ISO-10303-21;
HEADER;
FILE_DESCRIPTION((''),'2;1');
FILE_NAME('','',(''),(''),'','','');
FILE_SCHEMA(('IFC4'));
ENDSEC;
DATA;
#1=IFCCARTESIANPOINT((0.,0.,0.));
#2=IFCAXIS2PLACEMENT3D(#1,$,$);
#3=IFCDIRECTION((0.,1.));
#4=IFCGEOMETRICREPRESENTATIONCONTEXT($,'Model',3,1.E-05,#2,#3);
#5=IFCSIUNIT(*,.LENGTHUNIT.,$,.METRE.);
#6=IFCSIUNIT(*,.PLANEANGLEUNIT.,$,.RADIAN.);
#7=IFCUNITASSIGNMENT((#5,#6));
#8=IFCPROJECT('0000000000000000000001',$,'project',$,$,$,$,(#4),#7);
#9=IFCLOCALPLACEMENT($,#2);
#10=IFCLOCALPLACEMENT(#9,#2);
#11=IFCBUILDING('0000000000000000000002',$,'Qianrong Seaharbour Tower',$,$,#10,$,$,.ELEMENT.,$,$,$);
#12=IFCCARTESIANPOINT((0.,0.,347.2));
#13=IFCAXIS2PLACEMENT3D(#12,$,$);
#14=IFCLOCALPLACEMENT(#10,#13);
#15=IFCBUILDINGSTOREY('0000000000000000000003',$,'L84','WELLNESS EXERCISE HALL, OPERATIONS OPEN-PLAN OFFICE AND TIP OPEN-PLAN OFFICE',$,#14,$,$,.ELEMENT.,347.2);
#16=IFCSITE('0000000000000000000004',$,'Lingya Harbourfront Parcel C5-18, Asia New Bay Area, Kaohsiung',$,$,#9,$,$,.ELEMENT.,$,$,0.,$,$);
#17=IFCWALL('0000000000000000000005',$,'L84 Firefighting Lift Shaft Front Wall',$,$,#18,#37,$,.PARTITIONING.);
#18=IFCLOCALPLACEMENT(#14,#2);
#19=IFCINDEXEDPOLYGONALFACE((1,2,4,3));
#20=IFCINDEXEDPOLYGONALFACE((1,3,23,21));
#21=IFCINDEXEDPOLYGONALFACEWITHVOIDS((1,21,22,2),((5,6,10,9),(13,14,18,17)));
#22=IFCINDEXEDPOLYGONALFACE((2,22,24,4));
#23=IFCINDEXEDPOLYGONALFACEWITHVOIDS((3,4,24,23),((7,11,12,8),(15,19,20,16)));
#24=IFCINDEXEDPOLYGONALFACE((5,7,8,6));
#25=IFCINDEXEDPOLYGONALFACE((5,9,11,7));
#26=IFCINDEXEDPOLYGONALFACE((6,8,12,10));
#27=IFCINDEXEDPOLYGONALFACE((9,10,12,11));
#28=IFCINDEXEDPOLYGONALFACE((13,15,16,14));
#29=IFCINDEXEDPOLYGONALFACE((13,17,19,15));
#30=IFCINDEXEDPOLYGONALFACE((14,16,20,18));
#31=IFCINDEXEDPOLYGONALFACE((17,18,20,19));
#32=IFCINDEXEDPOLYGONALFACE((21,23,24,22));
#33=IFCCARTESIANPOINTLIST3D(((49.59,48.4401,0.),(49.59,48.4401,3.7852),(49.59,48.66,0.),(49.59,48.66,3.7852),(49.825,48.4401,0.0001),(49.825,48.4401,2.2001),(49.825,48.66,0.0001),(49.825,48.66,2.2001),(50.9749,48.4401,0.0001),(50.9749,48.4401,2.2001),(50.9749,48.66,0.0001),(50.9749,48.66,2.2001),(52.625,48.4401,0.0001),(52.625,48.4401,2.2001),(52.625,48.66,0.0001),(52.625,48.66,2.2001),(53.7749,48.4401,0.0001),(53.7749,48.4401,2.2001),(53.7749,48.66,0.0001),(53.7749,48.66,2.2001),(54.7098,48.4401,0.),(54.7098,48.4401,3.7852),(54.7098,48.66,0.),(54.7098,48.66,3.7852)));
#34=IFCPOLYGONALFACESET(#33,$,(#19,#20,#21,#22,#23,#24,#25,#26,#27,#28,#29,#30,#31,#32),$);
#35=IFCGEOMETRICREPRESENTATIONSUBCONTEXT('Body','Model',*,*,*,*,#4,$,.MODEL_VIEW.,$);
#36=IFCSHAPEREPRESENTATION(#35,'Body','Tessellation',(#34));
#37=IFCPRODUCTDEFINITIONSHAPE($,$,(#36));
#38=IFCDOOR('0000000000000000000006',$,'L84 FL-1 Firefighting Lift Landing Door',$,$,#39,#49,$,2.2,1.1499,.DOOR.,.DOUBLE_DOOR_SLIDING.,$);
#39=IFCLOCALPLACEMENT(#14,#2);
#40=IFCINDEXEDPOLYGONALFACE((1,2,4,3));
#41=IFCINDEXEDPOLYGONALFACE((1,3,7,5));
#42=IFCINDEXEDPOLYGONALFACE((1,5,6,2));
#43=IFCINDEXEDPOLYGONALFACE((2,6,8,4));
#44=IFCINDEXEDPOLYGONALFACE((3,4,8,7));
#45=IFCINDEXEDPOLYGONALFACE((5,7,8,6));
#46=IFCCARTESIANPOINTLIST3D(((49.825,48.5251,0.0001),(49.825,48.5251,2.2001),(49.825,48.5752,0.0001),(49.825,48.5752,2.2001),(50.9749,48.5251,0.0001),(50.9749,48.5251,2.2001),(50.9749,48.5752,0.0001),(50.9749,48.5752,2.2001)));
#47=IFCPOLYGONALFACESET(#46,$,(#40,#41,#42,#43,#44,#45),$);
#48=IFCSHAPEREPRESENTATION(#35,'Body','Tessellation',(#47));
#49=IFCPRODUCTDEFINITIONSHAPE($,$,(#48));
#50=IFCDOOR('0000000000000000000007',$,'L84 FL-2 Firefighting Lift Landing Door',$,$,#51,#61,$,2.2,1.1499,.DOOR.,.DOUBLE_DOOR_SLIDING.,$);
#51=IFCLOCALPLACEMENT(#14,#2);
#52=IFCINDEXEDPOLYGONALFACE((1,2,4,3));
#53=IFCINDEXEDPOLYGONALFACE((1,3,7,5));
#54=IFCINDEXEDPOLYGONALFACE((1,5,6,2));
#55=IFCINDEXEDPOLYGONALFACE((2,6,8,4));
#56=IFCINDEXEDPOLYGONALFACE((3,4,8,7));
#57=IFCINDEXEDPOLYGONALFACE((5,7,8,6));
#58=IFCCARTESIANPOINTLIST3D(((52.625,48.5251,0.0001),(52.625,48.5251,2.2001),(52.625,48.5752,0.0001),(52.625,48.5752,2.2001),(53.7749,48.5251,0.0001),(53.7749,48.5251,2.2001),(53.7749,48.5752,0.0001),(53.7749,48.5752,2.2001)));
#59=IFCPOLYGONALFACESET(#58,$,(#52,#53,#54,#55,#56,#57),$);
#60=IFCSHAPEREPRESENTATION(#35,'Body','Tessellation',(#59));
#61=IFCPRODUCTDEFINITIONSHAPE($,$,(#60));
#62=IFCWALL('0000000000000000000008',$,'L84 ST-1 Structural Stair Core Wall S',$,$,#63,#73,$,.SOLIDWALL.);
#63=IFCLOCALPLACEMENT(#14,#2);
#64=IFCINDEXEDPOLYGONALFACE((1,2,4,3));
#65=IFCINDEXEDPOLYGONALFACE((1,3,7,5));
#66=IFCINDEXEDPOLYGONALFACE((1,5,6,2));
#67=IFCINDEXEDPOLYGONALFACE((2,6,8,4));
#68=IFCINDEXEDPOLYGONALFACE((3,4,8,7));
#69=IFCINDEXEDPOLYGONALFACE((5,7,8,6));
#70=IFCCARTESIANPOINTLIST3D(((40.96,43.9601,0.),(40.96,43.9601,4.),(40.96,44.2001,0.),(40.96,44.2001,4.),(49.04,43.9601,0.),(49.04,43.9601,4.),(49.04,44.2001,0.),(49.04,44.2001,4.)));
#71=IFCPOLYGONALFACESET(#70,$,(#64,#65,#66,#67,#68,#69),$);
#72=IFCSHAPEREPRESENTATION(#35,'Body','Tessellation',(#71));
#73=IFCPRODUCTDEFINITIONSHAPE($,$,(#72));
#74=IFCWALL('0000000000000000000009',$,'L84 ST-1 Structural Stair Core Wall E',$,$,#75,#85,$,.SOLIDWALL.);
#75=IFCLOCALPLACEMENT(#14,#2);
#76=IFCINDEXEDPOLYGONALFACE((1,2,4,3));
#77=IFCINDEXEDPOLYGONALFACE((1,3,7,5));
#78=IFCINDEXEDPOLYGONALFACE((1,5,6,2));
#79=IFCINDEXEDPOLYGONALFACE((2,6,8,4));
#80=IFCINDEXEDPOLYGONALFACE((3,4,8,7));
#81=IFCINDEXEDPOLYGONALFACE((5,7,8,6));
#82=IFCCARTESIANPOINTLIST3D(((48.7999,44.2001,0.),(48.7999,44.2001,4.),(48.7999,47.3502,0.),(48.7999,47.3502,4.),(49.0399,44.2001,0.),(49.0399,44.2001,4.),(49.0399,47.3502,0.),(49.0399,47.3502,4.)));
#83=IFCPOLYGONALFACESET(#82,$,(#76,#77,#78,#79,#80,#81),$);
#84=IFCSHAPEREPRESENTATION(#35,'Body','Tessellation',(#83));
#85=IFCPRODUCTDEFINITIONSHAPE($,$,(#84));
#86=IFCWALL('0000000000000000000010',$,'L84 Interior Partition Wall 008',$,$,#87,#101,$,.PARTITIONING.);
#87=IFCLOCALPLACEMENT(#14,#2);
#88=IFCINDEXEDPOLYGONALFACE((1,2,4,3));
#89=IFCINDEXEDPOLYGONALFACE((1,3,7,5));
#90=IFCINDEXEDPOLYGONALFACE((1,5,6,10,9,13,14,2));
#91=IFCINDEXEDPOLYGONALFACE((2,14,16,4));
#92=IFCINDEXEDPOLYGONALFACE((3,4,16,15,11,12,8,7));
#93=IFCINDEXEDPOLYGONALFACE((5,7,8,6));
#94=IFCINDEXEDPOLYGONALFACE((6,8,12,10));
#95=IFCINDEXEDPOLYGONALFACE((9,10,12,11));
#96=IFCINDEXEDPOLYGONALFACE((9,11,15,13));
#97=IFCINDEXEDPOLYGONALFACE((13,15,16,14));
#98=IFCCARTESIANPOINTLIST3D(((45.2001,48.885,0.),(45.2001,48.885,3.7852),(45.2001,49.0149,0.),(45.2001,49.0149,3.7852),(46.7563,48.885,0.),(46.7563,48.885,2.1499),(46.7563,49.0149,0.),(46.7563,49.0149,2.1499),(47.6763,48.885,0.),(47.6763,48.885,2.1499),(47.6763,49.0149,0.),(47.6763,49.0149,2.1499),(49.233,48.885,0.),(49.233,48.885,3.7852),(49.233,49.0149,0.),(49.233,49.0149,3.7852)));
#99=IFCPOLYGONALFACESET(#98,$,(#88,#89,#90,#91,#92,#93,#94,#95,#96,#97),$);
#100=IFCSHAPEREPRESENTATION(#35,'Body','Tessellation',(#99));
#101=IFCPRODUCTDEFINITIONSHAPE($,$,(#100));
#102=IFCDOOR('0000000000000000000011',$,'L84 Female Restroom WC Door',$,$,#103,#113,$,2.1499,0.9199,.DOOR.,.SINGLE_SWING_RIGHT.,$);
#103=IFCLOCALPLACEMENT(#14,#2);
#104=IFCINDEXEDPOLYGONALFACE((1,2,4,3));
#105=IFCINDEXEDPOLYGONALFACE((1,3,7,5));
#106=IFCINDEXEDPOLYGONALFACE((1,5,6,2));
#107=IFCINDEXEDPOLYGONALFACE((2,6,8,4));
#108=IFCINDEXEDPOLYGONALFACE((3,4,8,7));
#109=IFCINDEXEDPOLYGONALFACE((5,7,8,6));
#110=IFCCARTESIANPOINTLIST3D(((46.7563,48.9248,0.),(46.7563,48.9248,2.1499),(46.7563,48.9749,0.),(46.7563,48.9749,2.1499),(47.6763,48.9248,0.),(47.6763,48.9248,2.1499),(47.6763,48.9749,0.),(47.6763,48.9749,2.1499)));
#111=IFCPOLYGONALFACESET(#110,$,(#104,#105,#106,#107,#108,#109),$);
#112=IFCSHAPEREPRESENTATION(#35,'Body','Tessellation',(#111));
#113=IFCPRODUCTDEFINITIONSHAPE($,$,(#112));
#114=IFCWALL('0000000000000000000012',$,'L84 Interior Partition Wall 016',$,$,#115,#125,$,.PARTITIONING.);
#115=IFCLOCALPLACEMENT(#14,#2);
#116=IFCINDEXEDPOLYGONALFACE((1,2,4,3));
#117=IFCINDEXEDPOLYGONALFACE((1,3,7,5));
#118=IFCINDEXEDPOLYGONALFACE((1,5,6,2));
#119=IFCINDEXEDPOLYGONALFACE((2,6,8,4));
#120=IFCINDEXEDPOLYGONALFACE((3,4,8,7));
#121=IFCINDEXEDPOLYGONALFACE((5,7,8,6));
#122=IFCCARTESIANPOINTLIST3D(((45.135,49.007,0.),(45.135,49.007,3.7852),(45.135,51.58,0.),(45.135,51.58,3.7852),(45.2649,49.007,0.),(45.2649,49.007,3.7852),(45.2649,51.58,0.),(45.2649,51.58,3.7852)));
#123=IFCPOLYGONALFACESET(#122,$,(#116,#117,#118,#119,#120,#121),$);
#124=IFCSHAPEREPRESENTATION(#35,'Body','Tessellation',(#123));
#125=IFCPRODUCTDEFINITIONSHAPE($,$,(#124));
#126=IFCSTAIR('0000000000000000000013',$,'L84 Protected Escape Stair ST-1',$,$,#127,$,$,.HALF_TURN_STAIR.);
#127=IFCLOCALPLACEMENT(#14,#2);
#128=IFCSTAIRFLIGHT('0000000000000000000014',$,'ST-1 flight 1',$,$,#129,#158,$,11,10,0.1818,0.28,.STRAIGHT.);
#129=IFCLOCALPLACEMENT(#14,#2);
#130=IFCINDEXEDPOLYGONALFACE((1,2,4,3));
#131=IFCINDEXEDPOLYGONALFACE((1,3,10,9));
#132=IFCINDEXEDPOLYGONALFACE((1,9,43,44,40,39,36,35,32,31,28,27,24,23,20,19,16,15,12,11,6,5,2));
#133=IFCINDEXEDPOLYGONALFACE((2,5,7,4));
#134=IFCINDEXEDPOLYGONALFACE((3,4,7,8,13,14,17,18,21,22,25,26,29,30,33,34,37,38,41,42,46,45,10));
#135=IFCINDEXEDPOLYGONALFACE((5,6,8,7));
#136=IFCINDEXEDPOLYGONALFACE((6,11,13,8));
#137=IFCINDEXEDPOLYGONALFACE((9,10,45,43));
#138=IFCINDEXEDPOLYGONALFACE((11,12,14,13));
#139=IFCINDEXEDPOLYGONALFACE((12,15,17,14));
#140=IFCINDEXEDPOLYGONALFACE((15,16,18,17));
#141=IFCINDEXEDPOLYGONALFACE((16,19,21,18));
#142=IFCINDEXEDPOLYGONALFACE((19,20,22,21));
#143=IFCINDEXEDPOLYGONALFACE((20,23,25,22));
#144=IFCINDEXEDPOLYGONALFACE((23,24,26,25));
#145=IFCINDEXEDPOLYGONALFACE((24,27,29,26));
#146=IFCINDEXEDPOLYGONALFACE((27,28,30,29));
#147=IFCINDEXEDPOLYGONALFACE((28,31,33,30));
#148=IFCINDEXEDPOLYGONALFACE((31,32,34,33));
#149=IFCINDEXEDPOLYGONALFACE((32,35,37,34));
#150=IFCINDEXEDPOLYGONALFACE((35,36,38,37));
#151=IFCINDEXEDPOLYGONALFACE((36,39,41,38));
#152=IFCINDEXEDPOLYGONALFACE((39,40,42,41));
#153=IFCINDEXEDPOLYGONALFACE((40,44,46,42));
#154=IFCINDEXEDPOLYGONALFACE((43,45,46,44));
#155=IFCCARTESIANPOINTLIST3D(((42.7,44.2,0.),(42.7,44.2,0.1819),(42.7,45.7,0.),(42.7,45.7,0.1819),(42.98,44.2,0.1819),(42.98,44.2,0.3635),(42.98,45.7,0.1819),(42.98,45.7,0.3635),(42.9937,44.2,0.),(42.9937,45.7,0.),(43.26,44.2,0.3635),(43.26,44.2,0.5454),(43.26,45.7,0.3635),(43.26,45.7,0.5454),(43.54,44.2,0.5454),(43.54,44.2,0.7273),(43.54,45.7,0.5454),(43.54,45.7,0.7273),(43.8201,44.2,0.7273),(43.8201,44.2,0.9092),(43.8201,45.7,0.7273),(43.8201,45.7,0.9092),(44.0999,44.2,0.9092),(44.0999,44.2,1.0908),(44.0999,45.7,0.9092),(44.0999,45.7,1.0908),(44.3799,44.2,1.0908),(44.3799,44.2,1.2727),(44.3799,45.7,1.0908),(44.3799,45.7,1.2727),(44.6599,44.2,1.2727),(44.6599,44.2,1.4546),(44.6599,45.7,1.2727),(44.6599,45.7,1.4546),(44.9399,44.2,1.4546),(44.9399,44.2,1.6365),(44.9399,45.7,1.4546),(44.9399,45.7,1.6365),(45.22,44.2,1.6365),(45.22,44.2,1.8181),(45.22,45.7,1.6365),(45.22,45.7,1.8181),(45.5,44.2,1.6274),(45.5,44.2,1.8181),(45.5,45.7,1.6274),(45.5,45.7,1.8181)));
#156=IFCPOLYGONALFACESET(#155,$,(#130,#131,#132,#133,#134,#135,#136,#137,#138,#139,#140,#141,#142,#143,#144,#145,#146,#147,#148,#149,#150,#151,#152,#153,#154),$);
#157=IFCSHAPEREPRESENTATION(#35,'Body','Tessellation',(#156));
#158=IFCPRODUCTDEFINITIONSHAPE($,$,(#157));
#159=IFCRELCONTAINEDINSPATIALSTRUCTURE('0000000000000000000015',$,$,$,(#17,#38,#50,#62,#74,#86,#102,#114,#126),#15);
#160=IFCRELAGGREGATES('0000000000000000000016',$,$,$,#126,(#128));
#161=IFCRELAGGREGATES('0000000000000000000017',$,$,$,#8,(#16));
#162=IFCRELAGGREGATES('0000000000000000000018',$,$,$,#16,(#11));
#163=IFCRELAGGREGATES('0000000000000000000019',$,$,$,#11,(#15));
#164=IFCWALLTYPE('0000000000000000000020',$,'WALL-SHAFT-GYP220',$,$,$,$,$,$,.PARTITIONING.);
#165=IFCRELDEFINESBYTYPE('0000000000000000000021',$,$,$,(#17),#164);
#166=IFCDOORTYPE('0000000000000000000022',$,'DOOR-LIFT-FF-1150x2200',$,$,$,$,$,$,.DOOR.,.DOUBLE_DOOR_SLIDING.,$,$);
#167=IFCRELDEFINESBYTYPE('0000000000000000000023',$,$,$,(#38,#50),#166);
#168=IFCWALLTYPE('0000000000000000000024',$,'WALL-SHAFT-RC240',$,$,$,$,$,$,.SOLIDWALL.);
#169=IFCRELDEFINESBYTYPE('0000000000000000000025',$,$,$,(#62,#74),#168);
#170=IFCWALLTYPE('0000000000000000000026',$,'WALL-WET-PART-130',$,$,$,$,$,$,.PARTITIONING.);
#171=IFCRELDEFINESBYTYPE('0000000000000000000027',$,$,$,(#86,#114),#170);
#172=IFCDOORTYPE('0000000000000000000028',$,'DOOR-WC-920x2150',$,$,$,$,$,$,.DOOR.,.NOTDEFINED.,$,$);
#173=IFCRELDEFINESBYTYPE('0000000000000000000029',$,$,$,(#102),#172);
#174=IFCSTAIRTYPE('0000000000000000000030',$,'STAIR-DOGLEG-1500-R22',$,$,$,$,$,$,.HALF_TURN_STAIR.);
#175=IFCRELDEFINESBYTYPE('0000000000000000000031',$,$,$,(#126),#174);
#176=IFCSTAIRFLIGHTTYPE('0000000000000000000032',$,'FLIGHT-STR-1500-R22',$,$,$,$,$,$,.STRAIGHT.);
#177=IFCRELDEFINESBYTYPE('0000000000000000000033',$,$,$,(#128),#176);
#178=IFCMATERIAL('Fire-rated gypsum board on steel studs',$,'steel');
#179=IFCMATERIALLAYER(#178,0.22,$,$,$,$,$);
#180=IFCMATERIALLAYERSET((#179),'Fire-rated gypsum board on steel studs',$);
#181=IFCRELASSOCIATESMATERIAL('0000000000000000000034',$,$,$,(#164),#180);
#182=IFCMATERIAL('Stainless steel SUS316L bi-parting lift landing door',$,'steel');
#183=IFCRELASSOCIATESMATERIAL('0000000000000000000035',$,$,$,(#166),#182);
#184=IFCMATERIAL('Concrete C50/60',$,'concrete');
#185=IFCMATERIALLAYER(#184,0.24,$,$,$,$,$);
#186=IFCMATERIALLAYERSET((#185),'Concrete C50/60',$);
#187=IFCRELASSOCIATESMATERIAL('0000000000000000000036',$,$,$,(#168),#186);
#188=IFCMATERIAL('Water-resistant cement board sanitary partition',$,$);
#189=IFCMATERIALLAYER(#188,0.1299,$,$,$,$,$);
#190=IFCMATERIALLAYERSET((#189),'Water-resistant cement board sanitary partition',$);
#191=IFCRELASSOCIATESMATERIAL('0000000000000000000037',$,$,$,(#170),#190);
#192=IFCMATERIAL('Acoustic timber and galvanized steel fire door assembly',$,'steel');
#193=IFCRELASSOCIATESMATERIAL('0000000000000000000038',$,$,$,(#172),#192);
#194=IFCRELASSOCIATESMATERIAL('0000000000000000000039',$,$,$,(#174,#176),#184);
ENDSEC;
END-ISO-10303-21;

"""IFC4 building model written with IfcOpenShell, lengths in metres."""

from ifc_helpers import new_model, si_unit, direction, frame, frame_2d, origin, place, context, subcontext, project, spatial, polyline, rectangle, outline, extrude, material, layer, layer_set, type_object, element, fill, aggregate, save


model = new_model("IFC4")

# Units and contexts
model_context = context("Model", 3, precision=1e-05, world=origin(), true_north=direction((0.0, 1.0)))
body_context = subcontext(model_context, "Body", "Model", "MODEL_VIEW")
ifc_project = project(units=[si_unit("LENGTHUNIT", "METRE"), si_unit("PLANEANGLEUNIT", "RADIAN")], contexts=[model_context])

# Site, building, storey
site_placement = place(None, origin())
site = spatial("IfcSite", under=ifc_project, at=site_placement, Name="Lingya Harbourfront Parcel C5-18, Asia New Bay Area, Kaohsiung", CompositionType="ELEMENT", RefElevation=0.0)
building_placement = place(site_placement, origin())
building = spatial("IfcBuilding", under=site, at=building_placement, Name="Qianrong Seaharbour Tower", CompositionType="ELEMENT")
storey_placement = place(building_placement, frame((0.0, 0.0, 347.2)))
storey = spatial("IfcBuildingStorey", under=building, at=storey_placement, Name="L84", Description="WELLNESS EXERCISE HALL, OPERATIONS OPEN-PLAN OFFICE AND TIP OPEN-PLAN OFFICE", CompositionType="ELEMENT", Elevation=347.2)

# Shared definitions
ifc_material_1 = material(Name="Concrete C50/60", Category="concrete")

# Shared definitions
ifc_material_2 = material(Name="Acoustic timber and galvanized steel fire door assembly", Category="steel")

# Shared definitions
ifc_material_3 = material(Name="Fire-rated gypsum board on steel studs", Category="steel")

# Wall, openings, doors
ifc_layer_1 = layer(ifc_material_3, 0.22)
ifc_layer_set_1 = layer_set([ifc_layer_1], Name="Fire-rated gypsum board on steel studs")
wall_type_1 = type_object("IfcWallType", Name="WALL-SHAFT-GYP220", PredefinedType="PARTITIONING", material=ifc_layer_set_1)
wall_1_placement = place(storey_placement, frame((54.71, 48.55, 0.0), z_axis=(0.0, 0.0, 1.0), x_axis=(-1.0, 0.0, 0.0)))
wall_1 = element("IfcWall", 1, at=wall_1_placement, inside=storey, type_object=wall_type_1, Name="L84 Firefighting Lift Shaft Front Wall", PredefinedType="PARTITIONING", context=body_context, shape_type="SweptSolid", body=[
    extrude(rectangle(XDim=5.1199, YDim=0.22, at=frame_2d((2.5601, 0.0))), origin(), (0.0, 0.0, 1.0), 3.7852),
])
opening_1_placement = place(wall_1_placement, frame((3.7351, 0.0, 0.0)))
opening_1 = element("IfcOpeningElement", 2, at=opening_1_placement, cuts=wall_1, PredefinedType="OPENING", context=body_context, shape_type="SweptSolid", body=[
    extrude(rectangle(XDim=1.1499, YDim=2.2, at=frame_2d((0.575, 1.1001))), frame((0.0, 0.1201, 0.0), z_axis=(0.0, -1.0, 0.0), x_axis=(1.0, 0.0, 0.0)), (0.0, 0.0, 1.0), 0.24),
])
opening_2_placement = place(wall_1_placement, frame((0.9351, 0.0, 0.0)))
opening_2 = element("IfcOpeningElement", 3, at=opening_2_placement, cuts=wall_1, PredefinedType="OPENING", context=body_context, shape_type="SweptSolid", body=[
    extrude(rectangle(XDim=1.1499, YDim=2.2, at=frame_2d((0.575, 1.1001))), frame((0.0, 0.1201, 0.0), z_axis=(0.0, -1.0, 0.0), x_axis=(1.0, 0.0, 0.0)), (0.0, 0.0, 1.0), 0.24),
])
ifc_material_4 = material(Name="Stainless steel SUS316L bi-parting lift landing door", Category="steel")
door_type_1 = type_object("IfcDoorType", Name="DOOR-LIFT-FF-1150x2200", OperationType="DOUBLE_DOOR_SLIDING", PredefinedType="DOOR", material=ifc_material_4)
door_1_placement = place(opening_1_placement, origin())
door_1 = element("IfcDoor", 4, at=door_1_placement, inside=storey, type_object=door_type_1, Name="L84 FL-1 Firefighting Lift Landing Door", OperationType="DOUBLE_DOOR_SLIDING", OverallHeight=2.2, OverallWidth=1.1499, PredefinedType="DOOR", context=body_context, shape_type="SweptSolid", body=[
    extrude(rectangle(XDim=1.1499, YDim=2.2, at=frame_2d((0.575, 1.1001))), frame((0.0, 0.0249, 0.0), z_axis=(0.0, -1.0, 0.0), x_axis=(1.0, 0.0, 0.0)), (0.0, 0.0, 1.0), 0.05),
])
fill(opening_1, door_1)
door_2_placement = place(opening_2_placement, origin())
door_2 = element("IfcDoor", 5, at=door_2_placement, inside=storey, type_object=door_type_1, Name="L84 FL-2 Firefighting Lift Landing Door", OperationType="DOUBLE_DOOR_SLIDING", OverallHeight=2.2, OverallWidth=1.1499, PredefinedType="DOOR", context=body_context, shape_type="SweptSolid", body=[
    extrude(rectangle(XDim=1.1499, YDim=2.2, at=frame_2d((0.575, 1.1001))), frame((0.0, 0.0249, 0.0), z_axis=(0.0, -1.0, 0.0), x_axis=(1.0, 0.0, 0.0)), (0.0, 0.0, 1.0), 0.05),
])
fill(opening_2, door_2)

# Walls
ifc_layer_2 = layer(ifc_material_1, 0.24)
ifc_layer_set_2 = layer_set([ifc_layer_2], Name="Concrete C50/60")
wall_type_2 = type_object("IfcWallType", Name="WALL-SHAFT-RC240", PredefinedType="SOLIDWALL", material=ifc_layer_set_2)
wall_2_placement = place(storey_placement, frame((49.04, 44.0801, 0.0), z_axis=(0.0, 0.0, 1.0), x_axis=(-1.0, 0.0, 0.0)))
element("IfcWall", 6, at=wall_2_placement, inside=storey, type_object=wall_type_2, Name="L84 ST-1 Structural Stair Core Wall S", PredefinedType="SOLIDWALL", context=body_context, shape_type="SweptSolid", body=[
    extrude(rectangle(XDim=8.0801, YDim=0.24, at=frame_2d((4.04, 0.0))), origin(), (0.0, 0.0, 1.0), 4.0),
])
wall_3_placement = place(storey_placement, frame((48.9199, 44.2, 0.0), z_axis=(0.0, 0.0, 1.0), x_axis=(0.0, 1.0, 0.0)))
element("IfcWall", 7, at=wall_3_placement, inside=storey, type_object=wall_type_2, Name="L84 ST-1 Structural Stair Core Wall E", PredefinedType="SOLIDWALL", context=body_context, shape_type="SweptSolid", body=[
    extrude(rectangle(XDim=3.1501, YDim=0.24, at=frame_2d((1.5752, 0.0))), origin(), (0.0, 0.0, 1.0), 4.0),
])

# Wall, opening, door
ifc_material_5 = material(Name="Water-resistant cement board sanitary partition")
ifc_layer_3 = layer(ifc_material_5, 0.1299)
ifc_layer_set_3 = layer_set([ifc_layer_3], Name="Water-resistant cement board sanitary partition")
wall_type_3 = type_object("IfcWallType", Name="WALL-WET-PART-130", PredefinedType="PARTITIONING", material=ifc_layer_set_3)
wall_4_placement = place(storey_placement, frame((45.2, 48.95, 0.0), z_axis=(0.0, 0.0, 1.0), x_axis=(1.0, 0.0, 0.0)))
wall_4 = element("IfcWall", 8, at=wall_4_placement, inside=storey, type_object=wall_type_3, Name="L84 Interior Partition Wall 008", PredefinedType="PARTITIONING", context=body_context, shape_type="SweptSolid", body=[
    extrude(rectangle(XDim=4.033, YDim=0.1299, at=frame_2d((2.0166, 0.0))), origin(), (0.0, 0.0, 1.0), 3.7852),
])
opening_3_placement = place(wall_4_placement, frame((1.5564, 0.0, 0.0)))
opening_3 = element("IfcOpeningElement", 9, at=opening_3_placement, cuts=wall_4, PredefinedType="OPENING", context=body_context, shape_type="SweptSolid", body=[
    extrude(rectangle(XDim=0.9199, YDim=2.1499, at=frame_2d((0.46, 1.075))), frame((0.0, 0.075, 0.0), z_axis=(0.0, -1.0, 0.0), x_axis=(1.0, 0.0, 0.0)), (0.0, 0.0, 1.0), 0.1499),
])
door_type_2 = type_object("IfcDoorType", Name="DOOR-WC-920x2150", OperationType="NOTDEFINED", PredefinedType="DOOR", material=ifc_material_2)
door_3_placement = place(opening_3_placement, origin())
door_3 = element("IfcDoor", 10, at=door_3_placement, inside=storey, type_object=door_type_2, Name="L84 Female Restroom WC Door", OperationType="SINGLE_SWING_RIGHT", OverallHeight=2.1499, OverallWidth=0.9199, PredefinedType="DOOR", context=body_context, shape_type="SweptSolid", body=[
    extrude(rectangle(XDim=0.9199, YDim=2.1499, at=frame_2d((0.46, 1.075))), frame((0.0, 0.0249, 0.0), z_axis=(0.0, -1.0, 0.0), x_axis=(1.0, 0.0, 0.0)), (0.0, 0.0, 1.0), 0.05),
])
fill(opening_3, door_3)

# Wall
wall_5_placement = place(storey_placement, frame((45.2, 51.5801, 0.0), z_axis=(0.0, 0.0, 1.0), x_axis=(0.0, -1.0, 0.0)))
element("IfcWall", 11, at=wall_5_placement, inside=storey, type_object=wall_type_3, Name="L84 Interior Partition Wall 016", PredefinedType="PARTITIONING", context=body_context, shape_type="SweptSolid", body=[
    extrude(rectangle(XDim=2.573, YDim=0.1299, at=frame_2d((1.2866, 0.0))), origin(), (0.0, 0.0, 1.0), 3.7852),
])

# Stair, stair flight
stair_type = type_object("IfcStairType", Name="STAIR-DOGLEG-1500-R22", PredefinedType="HALF_TURN_STAIR", material=ifc_material_1)
stair_placement = place(storey_placement, origin())
stair = element("IfcStair", 12, at=stair_placement, inside=storey, type_object=stair_type, Name="L84 Protected Escape Stair ST-1", PredefinedType="HALF_TURN_STAIR")
stair_flight_type = type_object("IfcStairFlightType", Name="FLIGHT-STR-1500-R22", PredefinedType="STRAIGHT", material=ifc_material_1)
stair_flight_1_placement = place(storey_placement, frame((42.7, 44.95, 0.0), z_axis=(0.0, 0.0, 1.0), x_axis=(1.0, 0.0, 0.0)))
stair_flight_1 = element("IfcStairFlight", 13, at=stair_flight_1_placement, type_object=stair_flight_type, Name="ST-1 flight 1", NumberOfRisers=11, NumberOfTreads=10, PredefinedType="STRAIGHT", RiserHeight=0.1818, TreadLength=0.28, context=body_context, shape_type="SweptSolid", body=[
    extrude(outline(polyline([(0.0, 0.0), (0.0, 0.1819), (0.28, 0.1819), (0.28, 0.3635), (0.5601, 0.3635), (0.5601, 0.5454), (0.8401, 0.5454), (0.8401, 0.7273), (1.1201, 0.7273), (1.1201, 0.9092), (1.3999, 0.9092), (1.3999, 1.0908), (1.6799, 1.0908), (1.6799, 1.2727), (1.96, 1.2727), (1.96, 1.4546), (2.24, 1.4546), (2.24, 1.6365), (2.52, 1.6365), (2.52, 1.8181), (2.8, 1.8181), (2.8, 2.0), (2.8, 1.6274), (0.2937, 0.0), (0.0, 0.0)])), frame((0.0, 0.75, 0.0), z_axis=(0.0, -1.0, 0.0), x_axis=(1.0, 0.0, 0.0)), (0.0, 0.0, 1.0), 1.5),
])
aggregate(stair, [stair_flight_1])

save(model, "model.ifc")
